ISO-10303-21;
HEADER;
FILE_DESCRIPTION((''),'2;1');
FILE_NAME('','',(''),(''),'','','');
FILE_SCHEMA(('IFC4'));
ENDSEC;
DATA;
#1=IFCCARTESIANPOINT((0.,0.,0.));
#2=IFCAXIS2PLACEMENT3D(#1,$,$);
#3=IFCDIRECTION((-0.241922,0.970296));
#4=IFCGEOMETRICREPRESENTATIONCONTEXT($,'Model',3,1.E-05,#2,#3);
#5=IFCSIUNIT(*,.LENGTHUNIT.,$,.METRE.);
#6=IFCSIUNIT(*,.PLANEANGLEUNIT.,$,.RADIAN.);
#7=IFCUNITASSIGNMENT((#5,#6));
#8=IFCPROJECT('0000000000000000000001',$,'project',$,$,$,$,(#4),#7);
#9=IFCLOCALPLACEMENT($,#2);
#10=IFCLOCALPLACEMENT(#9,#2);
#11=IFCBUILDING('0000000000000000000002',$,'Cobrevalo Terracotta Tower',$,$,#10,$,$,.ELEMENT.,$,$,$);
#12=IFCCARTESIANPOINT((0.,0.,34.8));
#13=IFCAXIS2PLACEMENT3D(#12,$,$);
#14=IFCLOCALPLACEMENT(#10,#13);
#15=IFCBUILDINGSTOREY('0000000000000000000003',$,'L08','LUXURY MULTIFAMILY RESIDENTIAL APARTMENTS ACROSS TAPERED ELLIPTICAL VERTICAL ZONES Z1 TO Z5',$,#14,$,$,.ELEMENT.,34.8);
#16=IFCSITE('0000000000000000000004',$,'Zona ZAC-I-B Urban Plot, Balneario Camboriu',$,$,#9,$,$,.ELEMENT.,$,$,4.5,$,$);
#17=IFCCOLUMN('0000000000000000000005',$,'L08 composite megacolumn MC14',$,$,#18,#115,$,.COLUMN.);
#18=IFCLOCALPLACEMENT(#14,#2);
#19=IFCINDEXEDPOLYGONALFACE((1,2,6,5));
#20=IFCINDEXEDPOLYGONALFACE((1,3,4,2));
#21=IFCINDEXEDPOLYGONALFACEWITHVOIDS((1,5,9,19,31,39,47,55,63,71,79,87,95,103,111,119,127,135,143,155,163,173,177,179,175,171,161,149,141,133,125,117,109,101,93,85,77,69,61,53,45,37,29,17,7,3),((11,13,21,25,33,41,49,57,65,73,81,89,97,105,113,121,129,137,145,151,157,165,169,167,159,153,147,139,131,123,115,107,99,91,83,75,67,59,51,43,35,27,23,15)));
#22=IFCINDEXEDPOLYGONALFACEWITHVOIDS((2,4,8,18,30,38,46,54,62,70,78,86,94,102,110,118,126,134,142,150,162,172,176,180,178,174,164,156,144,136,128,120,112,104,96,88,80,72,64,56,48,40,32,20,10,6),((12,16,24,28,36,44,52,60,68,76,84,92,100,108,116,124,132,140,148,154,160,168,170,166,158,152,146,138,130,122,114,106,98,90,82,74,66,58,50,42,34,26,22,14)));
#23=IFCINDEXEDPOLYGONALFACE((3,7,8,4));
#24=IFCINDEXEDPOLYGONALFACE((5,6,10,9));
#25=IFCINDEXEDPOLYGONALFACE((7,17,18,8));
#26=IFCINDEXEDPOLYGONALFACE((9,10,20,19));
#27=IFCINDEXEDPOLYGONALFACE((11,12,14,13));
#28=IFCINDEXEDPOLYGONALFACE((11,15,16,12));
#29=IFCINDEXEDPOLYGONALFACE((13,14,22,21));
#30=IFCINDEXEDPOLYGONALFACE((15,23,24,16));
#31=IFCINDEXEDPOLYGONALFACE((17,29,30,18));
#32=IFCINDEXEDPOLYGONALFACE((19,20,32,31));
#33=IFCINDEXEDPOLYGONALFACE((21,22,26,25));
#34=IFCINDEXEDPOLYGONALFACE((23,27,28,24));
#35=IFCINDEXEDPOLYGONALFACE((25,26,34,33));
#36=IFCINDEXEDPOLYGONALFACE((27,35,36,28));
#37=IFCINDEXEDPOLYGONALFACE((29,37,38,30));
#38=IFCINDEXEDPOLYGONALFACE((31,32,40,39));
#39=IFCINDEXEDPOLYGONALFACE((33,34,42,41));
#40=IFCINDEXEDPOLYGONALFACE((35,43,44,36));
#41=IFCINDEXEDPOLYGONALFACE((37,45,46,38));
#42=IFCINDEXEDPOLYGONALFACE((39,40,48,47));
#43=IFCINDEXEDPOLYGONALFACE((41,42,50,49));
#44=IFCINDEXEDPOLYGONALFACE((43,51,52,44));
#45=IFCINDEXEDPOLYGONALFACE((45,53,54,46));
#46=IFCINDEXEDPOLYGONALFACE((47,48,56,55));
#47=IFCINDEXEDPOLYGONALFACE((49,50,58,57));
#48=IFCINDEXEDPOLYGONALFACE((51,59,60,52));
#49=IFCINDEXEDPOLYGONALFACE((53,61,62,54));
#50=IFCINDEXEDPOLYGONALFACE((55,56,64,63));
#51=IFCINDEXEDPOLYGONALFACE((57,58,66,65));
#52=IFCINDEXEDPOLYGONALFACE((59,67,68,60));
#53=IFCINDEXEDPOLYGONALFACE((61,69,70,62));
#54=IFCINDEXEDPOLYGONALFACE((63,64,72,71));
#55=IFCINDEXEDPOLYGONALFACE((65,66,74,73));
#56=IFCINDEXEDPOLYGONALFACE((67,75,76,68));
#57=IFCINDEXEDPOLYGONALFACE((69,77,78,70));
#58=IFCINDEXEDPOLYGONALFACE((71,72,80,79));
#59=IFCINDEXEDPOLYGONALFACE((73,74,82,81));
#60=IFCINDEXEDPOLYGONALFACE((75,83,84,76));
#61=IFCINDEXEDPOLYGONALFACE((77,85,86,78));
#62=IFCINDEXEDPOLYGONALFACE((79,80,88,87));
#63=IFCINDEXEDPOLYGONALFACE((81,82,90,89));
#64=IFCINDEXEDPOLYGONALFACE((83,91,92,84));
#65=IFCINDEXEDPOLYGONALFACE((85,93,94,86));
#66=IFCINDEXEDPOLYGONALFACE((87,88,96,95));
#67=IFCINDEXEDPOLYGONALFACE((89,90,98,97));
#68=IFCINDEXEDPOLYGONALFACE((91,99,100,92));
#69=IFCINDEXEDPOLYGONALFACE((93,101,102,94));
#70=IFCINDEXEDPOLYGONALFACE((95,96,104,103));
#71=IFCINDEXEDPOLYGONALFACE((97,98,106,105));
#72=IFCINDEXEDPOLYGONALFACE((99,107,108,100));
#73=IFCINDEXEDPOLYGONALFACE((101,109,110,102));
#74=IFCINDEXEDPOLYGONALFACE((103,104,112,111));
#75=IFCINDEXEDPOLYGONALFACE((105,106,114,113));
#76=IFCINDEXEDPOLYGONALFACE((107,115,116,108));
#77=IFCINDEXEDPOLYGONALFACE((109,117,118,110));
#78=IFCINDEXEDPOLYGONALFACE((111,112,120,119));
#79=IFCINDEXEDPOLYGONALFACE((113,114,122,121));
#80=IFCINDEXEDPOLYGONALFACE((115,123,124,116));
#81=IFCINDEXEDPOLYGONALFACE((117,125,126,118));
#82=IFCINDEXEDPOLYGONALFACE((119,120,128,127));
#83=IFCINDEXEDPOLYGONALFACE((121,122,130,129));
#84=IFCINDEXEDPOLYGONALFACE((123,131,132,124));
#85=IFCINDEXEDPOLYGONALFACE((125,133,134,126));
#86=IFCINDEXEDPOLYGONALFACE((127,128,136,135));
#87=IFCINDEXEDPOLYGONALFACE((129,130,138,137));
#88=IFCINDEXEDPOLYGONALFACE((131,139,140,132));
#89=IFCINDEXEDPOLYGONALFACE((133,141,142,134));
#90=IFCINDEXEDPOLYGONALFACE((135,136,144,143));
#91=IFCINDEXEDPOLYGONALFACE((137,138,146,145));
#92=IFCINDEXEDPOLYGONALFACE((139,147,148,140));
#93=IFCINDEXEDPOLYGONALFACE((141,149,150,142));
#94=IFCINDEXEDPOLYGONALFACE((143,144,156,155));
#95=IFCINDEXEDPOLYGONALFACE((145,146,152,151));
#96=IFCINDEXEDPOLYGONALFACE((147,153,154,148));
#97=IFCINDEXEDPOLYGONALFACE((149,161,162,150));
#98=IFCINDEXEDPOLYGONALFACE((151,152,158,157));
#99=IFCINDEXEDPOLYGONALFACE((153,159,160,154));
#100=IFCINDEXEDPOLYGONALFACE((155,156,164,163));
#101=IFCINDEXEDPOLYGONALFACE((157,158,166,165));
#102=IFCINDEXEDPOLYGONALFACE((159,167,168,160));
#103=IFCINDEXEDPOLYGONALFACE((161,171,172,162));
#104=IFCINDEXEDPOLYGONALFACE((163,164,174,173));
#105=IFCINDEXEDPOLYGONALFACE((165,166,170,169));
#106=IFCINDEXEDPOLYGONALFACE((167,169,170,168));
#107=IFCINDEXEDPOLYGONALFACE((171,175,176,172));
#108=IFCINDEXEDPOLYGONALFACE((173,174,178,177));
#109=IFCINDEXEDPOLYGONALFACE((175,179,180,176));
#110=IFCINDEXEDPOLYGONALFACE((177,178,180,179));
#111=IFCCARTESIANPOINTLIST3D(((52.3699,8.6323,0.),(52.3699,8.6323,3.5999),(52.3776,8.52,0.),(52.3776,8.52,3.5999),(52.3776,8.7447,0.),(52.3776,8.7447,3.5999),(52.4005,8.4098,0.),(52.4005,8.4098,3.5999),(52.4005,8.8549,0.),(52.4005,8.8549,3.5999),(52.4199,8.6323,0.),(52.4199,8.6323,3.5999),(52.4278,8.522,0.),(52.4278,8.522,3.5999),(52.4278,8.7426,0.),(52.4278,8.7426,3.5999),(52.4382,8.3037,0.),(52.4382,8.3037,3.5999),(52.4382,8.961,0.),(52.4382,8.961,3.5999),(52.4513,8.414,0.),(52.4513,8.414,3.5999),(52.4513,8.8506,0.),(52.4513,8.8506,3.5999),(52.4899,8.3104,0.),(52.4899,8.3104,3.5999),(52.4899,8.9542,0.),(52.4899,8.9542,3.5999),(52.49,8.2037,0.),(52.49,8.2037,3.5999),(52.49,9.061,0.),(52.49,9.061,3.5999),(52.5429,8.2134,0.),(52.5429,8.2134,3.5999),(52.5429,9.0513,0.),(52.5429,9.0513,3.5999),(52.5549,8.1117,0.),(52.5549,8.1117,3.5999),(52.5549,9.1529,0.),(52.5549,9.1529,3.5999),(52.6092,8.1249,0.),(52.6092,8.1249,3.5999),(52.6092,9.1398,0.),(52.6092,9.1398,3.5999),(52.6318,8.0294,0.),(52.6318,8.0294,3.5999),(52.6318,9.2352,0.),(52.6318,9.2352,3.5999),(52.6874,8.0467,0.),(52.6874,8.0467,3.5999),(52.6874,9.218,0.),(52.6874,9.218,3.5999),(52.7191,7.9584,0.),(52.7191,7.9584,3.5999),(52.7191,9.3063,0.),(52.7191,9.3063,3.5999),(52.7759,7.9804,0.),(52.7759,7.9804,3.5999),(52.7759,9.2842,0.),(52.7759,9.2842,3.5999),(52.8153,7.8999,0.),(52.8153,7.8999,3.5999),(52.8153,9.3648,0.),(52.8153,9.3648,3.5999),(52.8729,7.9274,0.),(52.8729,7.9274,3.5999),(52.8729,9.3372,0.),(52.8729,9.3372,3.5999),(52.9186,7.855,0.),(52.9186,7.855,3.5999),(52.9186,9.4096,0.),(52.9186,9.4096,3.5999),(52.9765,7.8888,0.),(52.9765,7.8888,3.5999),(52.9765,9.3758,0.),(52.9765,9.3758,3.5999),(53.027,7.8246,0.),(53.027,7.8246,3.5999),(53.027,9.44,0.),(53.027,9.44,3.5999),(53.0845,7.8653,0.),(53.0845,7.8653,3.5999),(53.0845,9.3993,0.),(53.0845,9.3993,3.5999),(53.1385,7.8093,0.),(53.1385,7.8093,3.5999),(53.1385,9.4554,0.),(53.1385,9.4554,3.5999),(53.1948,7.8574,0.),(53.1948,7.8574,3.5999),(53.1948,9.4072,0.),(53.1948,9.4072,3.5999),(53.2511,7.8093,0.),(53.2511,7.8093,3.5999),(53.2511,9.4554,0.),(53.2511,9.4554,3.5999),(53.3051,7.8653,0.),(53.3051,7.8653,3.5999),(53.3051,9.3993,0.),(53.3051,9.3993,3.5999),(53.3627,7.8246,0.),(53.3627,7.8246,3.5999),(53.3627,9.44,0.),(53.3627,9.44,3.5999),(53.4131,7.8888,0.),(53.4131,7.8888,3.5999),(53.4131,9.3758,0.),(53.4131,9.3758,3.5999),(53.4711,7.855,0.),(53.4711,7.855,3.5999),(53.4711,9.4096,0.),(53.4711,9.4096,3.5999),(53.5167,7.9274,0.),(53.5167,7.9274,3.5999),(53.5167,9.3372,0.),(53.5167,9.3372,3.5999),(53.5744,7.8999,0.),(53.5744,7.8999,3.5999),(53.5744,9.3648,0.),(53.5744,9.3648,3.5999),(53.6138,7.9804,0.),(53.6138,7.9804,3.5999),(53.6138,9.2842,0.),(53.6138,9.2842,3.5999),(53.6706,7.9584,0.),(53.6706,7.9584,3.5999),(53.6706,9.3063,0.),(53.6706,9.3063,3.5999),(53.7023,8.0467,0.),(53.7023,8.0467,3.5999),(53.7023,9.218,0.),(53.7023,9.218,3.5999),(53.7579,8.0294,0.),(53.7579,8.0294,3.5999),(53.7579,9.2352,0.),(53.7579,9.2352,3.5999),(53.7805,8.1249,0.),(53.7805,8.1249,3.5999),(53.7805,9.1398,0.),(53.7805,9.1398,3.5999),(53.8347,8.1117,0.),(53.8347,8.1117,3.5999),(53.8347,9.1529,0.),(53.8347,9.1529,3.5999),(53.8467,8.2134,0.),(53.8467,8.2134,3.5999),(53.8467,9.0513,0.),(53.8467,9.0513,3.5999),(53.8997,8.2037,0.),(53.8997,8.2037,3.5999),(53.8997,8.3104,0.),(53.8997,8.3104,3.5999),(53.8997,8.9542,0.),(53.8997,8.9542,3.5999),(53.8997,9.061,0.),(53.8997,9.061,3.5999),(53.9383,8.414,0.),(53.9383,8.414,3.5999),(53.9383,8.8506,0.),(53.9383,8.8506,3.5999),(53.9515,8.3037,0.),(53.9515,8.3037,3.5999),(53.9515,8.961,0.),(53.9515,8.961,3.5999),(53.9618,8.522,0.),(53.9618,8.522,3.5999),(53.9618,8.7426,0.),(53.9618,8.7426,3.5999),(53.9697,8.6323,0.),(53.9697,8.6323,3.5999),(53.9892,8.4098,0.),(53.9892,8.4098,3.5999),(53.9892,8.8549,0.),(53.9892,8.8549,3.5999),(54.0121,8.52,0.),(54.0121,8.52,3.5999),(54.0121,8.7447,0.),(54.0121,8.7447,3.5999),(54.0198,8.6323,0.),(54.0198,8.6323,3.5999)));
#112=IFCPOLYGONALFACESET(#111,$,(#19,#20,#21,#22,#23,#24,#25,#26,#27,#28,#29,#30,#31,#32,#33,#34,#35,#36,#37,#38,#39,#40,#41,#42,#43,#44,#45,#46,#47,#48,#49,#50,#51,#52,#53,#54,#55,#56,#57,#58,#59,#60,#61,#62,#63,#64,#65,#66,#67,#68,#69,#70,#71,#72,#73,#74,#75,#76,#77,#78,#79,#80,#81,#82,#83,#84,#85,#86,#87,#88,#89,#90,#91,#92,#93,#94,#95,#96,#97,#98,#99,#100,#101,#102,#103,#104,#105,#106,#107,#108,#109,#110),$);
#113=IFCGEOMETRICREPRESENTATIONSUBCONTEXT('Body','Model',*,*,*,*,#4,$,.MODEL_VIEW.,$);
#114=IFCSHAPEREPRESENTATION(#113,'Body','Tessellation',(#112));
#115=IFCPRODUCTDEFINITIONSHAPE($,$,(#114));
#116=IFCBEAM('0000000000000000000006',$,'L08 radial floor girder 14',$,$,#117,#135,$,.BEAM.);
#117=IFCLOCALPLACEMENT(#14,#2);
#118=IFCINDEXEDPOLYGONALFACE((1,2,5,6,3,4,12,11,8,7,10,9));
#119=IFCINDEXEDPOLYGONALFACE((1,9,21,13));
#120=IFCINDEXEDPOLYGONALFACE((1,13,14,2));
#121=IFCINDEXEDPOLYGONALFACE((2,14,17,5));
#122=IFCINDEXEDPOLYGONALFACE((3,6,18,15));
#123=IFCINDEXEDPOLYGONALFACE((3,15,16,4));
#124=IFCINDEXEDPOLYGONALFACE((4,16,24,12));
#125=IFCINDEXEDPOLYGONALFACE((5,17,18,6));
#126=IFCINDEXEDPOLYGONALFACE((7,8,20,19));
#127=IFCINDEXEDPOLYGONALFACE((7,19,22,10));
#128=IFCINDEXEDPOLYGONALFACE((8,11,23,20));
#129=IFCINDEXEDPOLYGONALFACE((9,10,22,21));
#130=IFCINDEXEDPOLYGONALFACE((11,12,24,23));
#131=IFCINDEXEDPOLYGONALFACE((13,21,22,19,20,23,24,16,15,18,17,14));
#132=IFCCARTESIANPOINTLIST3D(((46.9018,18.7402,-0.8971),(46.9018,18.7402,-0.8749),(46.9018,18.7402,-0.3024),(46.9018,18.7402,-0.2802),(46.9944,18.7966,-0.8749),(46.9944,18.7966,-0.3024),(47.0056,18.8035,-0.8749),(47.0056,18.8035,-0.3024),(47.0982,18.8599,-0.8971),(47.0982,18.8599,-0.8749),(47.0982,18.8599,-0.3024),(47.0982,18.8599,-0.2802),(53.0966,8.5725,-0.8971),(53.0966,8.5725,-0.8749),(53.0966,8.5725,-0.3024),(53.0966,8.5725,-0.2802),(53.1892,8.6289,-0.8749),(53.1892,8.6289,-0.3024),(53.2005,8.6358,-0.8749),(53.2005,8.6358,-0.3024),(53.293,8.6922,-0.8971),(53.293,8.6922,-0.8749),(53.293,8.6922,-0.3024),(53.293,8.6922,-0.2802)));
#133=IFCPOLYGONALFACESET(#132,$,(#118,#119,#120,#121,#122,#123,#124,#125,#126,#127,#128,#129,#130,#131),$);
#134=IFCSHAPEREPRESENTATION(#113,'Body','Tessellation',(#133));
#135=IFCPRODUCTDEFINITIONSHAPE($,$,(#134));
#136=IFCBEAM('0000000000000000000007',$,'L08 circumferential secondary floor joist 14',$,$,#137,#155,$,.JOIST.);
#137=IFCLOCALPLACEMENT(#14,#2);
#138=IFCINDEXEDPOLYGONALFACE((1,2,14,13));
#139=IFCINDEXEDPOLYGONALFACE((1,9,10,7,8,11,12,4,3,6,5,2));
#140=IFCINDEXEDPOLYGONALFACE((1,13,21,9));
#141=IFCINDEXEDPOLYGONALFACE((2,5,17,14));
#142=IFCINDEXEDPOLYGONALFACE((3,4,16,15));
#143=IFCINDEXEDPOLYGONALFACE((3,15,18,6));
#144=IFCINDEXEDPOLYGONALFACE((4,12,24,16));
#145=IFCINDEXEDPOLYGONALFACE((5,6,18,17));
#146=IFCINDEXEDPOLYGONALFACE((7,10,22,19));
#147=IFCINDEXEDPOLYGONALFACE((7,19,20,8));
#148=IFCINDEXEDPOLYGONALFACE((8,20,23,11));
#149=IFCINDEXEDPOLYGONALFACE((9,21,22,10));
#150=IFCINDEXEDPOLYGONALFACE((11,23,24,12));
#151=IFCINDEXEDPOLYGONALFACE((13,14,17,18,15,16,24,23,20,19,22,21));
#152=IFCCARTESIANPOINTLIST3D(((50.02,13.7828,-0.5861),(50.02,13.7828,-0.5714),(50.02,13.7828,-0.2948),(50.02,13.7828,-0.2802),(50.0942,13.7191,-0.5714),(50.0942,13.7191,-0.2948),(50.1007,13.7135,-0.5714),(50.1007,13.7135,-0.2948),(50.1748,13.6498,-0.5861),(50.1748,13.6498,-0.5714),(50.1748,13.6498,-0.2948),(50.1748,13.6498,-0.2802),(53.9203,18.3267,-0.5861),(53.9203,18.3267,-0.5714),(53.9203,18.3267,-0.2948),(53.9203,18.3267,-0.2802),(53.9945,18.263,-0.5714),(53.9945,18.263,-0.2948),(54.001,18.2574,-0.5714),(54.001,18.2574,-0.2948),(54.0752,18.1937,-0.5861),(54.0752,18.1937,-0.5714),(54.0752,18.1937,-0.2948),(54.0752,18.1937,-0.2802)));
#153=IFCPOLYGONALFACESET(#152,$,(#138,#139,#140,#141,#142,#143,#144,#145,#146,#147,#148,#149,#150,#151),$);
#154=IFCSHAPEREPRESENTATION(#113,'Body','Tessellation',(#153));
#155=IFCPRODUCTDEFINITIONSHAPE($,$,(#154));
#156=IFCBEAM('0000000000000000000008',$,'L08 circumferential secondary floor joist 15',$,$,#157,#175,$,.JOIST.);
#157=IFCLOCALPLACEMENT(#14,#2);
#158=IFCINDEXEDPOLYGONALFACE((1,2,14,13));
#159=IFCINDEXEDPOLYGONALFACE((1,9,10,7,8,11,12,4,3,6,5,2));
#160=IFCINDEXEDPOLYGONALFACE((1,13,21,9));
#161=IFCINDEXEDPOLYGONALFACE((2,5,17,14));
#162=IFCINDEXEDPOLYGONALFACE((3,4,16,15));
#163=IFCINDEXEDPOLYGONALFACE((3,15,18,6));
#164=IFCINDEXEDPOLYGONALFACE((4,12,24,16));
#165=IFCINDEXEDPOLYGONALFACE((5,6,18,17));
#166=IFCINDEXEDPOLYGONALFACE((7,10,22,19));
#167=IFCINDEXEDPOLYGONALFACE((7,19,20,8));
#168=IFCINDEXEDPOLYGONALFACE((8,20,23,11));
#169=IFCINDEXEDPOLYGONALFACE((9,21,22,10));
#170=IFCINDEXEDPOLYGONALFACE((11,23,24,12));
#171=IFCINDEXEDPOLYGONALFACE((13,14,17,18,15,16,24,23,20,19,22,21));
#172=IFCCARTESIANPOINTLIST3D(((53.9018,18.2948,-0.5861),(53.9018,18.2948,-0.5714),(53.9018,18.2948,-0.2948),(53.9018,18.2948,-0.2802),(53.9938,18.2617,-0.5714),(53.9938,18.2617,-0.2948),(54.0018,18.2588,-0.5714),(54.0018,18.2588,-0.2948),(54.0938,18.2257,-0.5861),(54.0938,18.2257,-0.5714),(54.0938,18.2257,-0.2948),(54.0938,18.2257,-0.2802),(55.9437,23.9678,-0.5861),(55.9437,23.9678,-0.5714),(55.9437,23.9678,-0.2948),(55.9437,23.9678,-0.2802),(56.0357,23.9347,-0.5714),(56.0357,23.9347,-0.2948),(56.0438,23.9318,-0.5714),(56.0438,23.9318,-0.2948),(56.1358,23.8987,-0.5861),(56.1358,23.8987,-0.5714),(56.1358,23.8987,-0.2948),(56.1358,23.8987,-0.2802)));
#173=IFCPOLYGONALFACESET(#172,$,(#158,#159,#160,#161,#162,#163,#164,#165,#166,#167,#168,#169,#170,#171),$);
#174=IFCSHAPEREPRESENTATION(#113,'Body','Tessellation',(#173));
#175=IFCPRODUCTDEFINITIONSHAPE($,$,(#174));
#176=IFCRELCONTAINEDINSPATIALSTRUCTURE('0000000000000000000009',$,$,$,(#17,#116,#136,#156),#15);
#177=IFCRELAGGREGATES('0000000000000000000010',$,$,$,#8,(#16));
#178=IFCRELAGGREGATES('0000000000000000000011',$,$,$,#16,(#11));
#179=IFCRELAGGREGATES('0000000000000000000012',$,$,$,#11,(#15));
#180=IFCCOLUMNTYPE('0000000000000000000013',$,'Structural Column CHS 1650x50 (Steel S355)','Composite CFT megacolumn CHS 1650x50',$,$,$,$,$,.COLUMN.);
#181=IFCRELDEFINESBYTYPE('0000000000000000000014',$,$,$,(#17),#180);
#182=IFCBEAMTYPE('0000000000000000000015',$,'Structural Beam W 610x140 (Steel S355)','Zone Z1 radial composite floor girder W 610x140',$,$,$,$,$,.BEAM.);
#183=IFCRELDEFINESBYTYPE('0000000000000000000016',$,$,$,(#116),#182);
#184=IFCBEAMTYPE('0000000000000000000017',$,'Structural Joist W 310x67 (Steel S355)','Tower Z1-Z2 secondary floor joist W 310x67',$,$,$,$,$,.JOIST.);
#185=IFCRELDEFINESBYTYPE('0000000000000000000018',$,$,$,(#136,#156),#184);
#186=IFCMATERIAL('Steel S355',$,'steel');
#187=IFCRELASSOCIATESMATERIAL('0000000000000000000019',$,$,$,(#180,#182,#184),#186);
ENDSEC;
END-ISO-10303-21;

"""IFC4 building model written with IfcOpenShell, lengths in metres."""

from ifc_helpers import new_model, si_unit, direction, frame, origin, origin_2d, place, context, subcontext, project, spatial, hollow_circle, i_section, extrude, material, material_profile, profile_set, type_object, element, save


model = new_model("IFC4")

# Units and contexts
model_context = context("Model", 3, precision=1e-05, world=origin(), true_north=direction((-0.241922, 0.970296)))
body_context = subcontext(model_context, "Body", "Model", "MODEL_VIEW")
ifc_project = project(units=[si_unit("LENGTHUNIT", "METRE"), si_unit("PLANEANGLEUNIT", "RADIAN")], contexts=[model_context])

# Site, building, storey
site_placement = place(None, origin())
site = spatial("IfcSite", under=ifc_project, at=site_placement, Name="Zona ZAC-I-B Urban Plot, Balneario Camboriu", CompositionType="ELEMENT", RefElevation=4.5)
building_placement = place(site_placement, origin())
building = spatial("IfcBuilding", under=site, at=building_placement, Name="Cobrevalo Terracotta Tower", CompositionType="ELEMENT")
storey_placement = place(building_placement, frame((0.0, 0.0, 34.8)))
storey = spatial("IfcBuildingStorey", under=building, at=storey_placement, Name="L08", Description="LUXURY MULTIFAMILY RESIDENTIAL APARTMENTS ACROSS TAPERED ELLIPTICAL VERTICAL ZONES Z1 TO Z5", CompositionType="ELEMENT", Elevation=34.8)

# Column
ifc_material_1 = material(Name="Steel S355", Category="steel")
ifc_material_profile_1 = material_profile(ifc_material_1, hollow_circle(Radius=0.825, WallThickness=0.05, at=origin_2d()), Name="CHS 1650x50")
ifc_profile_set_1 = profile_set([ifc_material_profile_1], Name="Steel S355")
column_type = type_object("IfcColumnType", Name="Structural Column CHS 1650x50 (Steel S355)", Description="Composite CFT megacolumn CHS 1650x50", PredefinedType="COLUMN", material=ifc_profile_set_1)
column_placement = place(storey_placement, frame((53.1948, 8.6323, 0.0), z_axis=(0.0, 0.0, 1.0), x_axis=(1.0, 0.0, 0.0)))
element("IfcColumn", 1, at=column_placement, inside=storey, type_object=column_type, Name="L08 composite megacolumn MC14", PredefinedType="COLUMN", context=body_context, shape_type="SweptSolid", body=[
    extrude(hollow_circle(Radius=0.825, WallThickness=0.05, at=origin_2d()), origin(), (0.0, 0.0, 1.0), 3.5999),
])

# Beams
ifc_material_profile_2 = material_profile(ifc_material_1, i_section(OverallWidth=0.23, OverallDepth=0.6169, WebThickness=0.0132, FlangeThickness=0.0222, at=origin_2d()), Name="W 610x140")
ifc_profile_set_2 = profile_set([ifc_material_profile_2], Name="Steel S355")
beam_type_1 = type_object("IfcBeamType", Name="Structural Beam W 610x140 (Steel S355)", Description="Zone Z1 radial composite floor girder W 610x140", PredefinedType="BEAM", material=ifc_profile_set_2)
beam_1_placement = place(storey_placement, frame((53.1948, 8.6323, -0.5886), z_axis=(-0.520301, 0.853983, 0.0), x_axis=(-0.853983, -0.520301, 0.0)))
element("IfcBeam", 2, at=beam_1_placement, inside=storey, type_object=beam_type_1, Name="L08 radial floor girder 14", PredefinedType="BEAM", context=body_context, shape_type="SweptSolid", body=[
    extrude(i_section(OverallWidth=0.23, OverallDepth=0.6169, WebThickness=0.0132, FlangeThickness=0.0222, at=origin_2d()), origin(), (0.0, 0.0, 1.0), 11.9062),
])
ifc_material_profile_3 = material_profile(ifc_material_1, i_section(OverallWidth=0.2041, OverallDepth=0.3059, WebThickness=0.0085, FlangeThickness=0.0146, at=origin_2d()), Name="W 310x67")
ifc_profile_set_3 = profile_set([ifc_material_profile_3], Name="Steel S355")
beam_type_2 = type_object("IfcBeamType", Name="Structural Joist W 310x67 (Steel S355)", Description="Tower Z1-Z2 secondary floor joist W 310x67", PredefinedType="JOIST", material=ifc_profile_set_3)
beam_2_placement = place(storey_placement, frame((50.0974, 13.7163, -0.4331), z_axis=(0.651328, 0.758796, 0.0), x_axis=(-0.758796, 0.651328, 0.0)))
element("IfcBeam", 3, at=beam_2_placement, inside=storey, type_object=beam_type_2, Name="L08 circumferential secondary floor joist 14", PredefinedType="JOIST", context=body_context, shape_type="SweptSolid", body=[
    extrude(i_section(OverallWidth=0.2041, OverallDepth=0.3059, WebThickness=0.0085, FlangeThickness=0.0146, at=origin_2d()), origin(), (0.0, 0.0, 1.0), 5.9883),
])
beam_3_placement = place(storey_placement, frame((53.9978, 18.2603, -0.4331), z_axis=(0.338672, 0.940904, 0.0), x_axis=(-0.940904, 0.338672, 0.0)))
element("IfcBeam", 4, at=beam_3_placement, inside=storey, type_object=beam_type_2, Name="L08 circumferential secondary floor joist 15", PredefinedType="JOIST", context=body_context, shape_type="SweptSolid", body=[
    extrude(i_section(OverallWidth=0.2041, OverallDepth=0.3059, WebThickness=0.0085, FlangeThickness=0.0146, at=origin_2d()), origin(), (0.0, 0.0, 1.0), 6.0293),
])

save(model, "model.ifc")
